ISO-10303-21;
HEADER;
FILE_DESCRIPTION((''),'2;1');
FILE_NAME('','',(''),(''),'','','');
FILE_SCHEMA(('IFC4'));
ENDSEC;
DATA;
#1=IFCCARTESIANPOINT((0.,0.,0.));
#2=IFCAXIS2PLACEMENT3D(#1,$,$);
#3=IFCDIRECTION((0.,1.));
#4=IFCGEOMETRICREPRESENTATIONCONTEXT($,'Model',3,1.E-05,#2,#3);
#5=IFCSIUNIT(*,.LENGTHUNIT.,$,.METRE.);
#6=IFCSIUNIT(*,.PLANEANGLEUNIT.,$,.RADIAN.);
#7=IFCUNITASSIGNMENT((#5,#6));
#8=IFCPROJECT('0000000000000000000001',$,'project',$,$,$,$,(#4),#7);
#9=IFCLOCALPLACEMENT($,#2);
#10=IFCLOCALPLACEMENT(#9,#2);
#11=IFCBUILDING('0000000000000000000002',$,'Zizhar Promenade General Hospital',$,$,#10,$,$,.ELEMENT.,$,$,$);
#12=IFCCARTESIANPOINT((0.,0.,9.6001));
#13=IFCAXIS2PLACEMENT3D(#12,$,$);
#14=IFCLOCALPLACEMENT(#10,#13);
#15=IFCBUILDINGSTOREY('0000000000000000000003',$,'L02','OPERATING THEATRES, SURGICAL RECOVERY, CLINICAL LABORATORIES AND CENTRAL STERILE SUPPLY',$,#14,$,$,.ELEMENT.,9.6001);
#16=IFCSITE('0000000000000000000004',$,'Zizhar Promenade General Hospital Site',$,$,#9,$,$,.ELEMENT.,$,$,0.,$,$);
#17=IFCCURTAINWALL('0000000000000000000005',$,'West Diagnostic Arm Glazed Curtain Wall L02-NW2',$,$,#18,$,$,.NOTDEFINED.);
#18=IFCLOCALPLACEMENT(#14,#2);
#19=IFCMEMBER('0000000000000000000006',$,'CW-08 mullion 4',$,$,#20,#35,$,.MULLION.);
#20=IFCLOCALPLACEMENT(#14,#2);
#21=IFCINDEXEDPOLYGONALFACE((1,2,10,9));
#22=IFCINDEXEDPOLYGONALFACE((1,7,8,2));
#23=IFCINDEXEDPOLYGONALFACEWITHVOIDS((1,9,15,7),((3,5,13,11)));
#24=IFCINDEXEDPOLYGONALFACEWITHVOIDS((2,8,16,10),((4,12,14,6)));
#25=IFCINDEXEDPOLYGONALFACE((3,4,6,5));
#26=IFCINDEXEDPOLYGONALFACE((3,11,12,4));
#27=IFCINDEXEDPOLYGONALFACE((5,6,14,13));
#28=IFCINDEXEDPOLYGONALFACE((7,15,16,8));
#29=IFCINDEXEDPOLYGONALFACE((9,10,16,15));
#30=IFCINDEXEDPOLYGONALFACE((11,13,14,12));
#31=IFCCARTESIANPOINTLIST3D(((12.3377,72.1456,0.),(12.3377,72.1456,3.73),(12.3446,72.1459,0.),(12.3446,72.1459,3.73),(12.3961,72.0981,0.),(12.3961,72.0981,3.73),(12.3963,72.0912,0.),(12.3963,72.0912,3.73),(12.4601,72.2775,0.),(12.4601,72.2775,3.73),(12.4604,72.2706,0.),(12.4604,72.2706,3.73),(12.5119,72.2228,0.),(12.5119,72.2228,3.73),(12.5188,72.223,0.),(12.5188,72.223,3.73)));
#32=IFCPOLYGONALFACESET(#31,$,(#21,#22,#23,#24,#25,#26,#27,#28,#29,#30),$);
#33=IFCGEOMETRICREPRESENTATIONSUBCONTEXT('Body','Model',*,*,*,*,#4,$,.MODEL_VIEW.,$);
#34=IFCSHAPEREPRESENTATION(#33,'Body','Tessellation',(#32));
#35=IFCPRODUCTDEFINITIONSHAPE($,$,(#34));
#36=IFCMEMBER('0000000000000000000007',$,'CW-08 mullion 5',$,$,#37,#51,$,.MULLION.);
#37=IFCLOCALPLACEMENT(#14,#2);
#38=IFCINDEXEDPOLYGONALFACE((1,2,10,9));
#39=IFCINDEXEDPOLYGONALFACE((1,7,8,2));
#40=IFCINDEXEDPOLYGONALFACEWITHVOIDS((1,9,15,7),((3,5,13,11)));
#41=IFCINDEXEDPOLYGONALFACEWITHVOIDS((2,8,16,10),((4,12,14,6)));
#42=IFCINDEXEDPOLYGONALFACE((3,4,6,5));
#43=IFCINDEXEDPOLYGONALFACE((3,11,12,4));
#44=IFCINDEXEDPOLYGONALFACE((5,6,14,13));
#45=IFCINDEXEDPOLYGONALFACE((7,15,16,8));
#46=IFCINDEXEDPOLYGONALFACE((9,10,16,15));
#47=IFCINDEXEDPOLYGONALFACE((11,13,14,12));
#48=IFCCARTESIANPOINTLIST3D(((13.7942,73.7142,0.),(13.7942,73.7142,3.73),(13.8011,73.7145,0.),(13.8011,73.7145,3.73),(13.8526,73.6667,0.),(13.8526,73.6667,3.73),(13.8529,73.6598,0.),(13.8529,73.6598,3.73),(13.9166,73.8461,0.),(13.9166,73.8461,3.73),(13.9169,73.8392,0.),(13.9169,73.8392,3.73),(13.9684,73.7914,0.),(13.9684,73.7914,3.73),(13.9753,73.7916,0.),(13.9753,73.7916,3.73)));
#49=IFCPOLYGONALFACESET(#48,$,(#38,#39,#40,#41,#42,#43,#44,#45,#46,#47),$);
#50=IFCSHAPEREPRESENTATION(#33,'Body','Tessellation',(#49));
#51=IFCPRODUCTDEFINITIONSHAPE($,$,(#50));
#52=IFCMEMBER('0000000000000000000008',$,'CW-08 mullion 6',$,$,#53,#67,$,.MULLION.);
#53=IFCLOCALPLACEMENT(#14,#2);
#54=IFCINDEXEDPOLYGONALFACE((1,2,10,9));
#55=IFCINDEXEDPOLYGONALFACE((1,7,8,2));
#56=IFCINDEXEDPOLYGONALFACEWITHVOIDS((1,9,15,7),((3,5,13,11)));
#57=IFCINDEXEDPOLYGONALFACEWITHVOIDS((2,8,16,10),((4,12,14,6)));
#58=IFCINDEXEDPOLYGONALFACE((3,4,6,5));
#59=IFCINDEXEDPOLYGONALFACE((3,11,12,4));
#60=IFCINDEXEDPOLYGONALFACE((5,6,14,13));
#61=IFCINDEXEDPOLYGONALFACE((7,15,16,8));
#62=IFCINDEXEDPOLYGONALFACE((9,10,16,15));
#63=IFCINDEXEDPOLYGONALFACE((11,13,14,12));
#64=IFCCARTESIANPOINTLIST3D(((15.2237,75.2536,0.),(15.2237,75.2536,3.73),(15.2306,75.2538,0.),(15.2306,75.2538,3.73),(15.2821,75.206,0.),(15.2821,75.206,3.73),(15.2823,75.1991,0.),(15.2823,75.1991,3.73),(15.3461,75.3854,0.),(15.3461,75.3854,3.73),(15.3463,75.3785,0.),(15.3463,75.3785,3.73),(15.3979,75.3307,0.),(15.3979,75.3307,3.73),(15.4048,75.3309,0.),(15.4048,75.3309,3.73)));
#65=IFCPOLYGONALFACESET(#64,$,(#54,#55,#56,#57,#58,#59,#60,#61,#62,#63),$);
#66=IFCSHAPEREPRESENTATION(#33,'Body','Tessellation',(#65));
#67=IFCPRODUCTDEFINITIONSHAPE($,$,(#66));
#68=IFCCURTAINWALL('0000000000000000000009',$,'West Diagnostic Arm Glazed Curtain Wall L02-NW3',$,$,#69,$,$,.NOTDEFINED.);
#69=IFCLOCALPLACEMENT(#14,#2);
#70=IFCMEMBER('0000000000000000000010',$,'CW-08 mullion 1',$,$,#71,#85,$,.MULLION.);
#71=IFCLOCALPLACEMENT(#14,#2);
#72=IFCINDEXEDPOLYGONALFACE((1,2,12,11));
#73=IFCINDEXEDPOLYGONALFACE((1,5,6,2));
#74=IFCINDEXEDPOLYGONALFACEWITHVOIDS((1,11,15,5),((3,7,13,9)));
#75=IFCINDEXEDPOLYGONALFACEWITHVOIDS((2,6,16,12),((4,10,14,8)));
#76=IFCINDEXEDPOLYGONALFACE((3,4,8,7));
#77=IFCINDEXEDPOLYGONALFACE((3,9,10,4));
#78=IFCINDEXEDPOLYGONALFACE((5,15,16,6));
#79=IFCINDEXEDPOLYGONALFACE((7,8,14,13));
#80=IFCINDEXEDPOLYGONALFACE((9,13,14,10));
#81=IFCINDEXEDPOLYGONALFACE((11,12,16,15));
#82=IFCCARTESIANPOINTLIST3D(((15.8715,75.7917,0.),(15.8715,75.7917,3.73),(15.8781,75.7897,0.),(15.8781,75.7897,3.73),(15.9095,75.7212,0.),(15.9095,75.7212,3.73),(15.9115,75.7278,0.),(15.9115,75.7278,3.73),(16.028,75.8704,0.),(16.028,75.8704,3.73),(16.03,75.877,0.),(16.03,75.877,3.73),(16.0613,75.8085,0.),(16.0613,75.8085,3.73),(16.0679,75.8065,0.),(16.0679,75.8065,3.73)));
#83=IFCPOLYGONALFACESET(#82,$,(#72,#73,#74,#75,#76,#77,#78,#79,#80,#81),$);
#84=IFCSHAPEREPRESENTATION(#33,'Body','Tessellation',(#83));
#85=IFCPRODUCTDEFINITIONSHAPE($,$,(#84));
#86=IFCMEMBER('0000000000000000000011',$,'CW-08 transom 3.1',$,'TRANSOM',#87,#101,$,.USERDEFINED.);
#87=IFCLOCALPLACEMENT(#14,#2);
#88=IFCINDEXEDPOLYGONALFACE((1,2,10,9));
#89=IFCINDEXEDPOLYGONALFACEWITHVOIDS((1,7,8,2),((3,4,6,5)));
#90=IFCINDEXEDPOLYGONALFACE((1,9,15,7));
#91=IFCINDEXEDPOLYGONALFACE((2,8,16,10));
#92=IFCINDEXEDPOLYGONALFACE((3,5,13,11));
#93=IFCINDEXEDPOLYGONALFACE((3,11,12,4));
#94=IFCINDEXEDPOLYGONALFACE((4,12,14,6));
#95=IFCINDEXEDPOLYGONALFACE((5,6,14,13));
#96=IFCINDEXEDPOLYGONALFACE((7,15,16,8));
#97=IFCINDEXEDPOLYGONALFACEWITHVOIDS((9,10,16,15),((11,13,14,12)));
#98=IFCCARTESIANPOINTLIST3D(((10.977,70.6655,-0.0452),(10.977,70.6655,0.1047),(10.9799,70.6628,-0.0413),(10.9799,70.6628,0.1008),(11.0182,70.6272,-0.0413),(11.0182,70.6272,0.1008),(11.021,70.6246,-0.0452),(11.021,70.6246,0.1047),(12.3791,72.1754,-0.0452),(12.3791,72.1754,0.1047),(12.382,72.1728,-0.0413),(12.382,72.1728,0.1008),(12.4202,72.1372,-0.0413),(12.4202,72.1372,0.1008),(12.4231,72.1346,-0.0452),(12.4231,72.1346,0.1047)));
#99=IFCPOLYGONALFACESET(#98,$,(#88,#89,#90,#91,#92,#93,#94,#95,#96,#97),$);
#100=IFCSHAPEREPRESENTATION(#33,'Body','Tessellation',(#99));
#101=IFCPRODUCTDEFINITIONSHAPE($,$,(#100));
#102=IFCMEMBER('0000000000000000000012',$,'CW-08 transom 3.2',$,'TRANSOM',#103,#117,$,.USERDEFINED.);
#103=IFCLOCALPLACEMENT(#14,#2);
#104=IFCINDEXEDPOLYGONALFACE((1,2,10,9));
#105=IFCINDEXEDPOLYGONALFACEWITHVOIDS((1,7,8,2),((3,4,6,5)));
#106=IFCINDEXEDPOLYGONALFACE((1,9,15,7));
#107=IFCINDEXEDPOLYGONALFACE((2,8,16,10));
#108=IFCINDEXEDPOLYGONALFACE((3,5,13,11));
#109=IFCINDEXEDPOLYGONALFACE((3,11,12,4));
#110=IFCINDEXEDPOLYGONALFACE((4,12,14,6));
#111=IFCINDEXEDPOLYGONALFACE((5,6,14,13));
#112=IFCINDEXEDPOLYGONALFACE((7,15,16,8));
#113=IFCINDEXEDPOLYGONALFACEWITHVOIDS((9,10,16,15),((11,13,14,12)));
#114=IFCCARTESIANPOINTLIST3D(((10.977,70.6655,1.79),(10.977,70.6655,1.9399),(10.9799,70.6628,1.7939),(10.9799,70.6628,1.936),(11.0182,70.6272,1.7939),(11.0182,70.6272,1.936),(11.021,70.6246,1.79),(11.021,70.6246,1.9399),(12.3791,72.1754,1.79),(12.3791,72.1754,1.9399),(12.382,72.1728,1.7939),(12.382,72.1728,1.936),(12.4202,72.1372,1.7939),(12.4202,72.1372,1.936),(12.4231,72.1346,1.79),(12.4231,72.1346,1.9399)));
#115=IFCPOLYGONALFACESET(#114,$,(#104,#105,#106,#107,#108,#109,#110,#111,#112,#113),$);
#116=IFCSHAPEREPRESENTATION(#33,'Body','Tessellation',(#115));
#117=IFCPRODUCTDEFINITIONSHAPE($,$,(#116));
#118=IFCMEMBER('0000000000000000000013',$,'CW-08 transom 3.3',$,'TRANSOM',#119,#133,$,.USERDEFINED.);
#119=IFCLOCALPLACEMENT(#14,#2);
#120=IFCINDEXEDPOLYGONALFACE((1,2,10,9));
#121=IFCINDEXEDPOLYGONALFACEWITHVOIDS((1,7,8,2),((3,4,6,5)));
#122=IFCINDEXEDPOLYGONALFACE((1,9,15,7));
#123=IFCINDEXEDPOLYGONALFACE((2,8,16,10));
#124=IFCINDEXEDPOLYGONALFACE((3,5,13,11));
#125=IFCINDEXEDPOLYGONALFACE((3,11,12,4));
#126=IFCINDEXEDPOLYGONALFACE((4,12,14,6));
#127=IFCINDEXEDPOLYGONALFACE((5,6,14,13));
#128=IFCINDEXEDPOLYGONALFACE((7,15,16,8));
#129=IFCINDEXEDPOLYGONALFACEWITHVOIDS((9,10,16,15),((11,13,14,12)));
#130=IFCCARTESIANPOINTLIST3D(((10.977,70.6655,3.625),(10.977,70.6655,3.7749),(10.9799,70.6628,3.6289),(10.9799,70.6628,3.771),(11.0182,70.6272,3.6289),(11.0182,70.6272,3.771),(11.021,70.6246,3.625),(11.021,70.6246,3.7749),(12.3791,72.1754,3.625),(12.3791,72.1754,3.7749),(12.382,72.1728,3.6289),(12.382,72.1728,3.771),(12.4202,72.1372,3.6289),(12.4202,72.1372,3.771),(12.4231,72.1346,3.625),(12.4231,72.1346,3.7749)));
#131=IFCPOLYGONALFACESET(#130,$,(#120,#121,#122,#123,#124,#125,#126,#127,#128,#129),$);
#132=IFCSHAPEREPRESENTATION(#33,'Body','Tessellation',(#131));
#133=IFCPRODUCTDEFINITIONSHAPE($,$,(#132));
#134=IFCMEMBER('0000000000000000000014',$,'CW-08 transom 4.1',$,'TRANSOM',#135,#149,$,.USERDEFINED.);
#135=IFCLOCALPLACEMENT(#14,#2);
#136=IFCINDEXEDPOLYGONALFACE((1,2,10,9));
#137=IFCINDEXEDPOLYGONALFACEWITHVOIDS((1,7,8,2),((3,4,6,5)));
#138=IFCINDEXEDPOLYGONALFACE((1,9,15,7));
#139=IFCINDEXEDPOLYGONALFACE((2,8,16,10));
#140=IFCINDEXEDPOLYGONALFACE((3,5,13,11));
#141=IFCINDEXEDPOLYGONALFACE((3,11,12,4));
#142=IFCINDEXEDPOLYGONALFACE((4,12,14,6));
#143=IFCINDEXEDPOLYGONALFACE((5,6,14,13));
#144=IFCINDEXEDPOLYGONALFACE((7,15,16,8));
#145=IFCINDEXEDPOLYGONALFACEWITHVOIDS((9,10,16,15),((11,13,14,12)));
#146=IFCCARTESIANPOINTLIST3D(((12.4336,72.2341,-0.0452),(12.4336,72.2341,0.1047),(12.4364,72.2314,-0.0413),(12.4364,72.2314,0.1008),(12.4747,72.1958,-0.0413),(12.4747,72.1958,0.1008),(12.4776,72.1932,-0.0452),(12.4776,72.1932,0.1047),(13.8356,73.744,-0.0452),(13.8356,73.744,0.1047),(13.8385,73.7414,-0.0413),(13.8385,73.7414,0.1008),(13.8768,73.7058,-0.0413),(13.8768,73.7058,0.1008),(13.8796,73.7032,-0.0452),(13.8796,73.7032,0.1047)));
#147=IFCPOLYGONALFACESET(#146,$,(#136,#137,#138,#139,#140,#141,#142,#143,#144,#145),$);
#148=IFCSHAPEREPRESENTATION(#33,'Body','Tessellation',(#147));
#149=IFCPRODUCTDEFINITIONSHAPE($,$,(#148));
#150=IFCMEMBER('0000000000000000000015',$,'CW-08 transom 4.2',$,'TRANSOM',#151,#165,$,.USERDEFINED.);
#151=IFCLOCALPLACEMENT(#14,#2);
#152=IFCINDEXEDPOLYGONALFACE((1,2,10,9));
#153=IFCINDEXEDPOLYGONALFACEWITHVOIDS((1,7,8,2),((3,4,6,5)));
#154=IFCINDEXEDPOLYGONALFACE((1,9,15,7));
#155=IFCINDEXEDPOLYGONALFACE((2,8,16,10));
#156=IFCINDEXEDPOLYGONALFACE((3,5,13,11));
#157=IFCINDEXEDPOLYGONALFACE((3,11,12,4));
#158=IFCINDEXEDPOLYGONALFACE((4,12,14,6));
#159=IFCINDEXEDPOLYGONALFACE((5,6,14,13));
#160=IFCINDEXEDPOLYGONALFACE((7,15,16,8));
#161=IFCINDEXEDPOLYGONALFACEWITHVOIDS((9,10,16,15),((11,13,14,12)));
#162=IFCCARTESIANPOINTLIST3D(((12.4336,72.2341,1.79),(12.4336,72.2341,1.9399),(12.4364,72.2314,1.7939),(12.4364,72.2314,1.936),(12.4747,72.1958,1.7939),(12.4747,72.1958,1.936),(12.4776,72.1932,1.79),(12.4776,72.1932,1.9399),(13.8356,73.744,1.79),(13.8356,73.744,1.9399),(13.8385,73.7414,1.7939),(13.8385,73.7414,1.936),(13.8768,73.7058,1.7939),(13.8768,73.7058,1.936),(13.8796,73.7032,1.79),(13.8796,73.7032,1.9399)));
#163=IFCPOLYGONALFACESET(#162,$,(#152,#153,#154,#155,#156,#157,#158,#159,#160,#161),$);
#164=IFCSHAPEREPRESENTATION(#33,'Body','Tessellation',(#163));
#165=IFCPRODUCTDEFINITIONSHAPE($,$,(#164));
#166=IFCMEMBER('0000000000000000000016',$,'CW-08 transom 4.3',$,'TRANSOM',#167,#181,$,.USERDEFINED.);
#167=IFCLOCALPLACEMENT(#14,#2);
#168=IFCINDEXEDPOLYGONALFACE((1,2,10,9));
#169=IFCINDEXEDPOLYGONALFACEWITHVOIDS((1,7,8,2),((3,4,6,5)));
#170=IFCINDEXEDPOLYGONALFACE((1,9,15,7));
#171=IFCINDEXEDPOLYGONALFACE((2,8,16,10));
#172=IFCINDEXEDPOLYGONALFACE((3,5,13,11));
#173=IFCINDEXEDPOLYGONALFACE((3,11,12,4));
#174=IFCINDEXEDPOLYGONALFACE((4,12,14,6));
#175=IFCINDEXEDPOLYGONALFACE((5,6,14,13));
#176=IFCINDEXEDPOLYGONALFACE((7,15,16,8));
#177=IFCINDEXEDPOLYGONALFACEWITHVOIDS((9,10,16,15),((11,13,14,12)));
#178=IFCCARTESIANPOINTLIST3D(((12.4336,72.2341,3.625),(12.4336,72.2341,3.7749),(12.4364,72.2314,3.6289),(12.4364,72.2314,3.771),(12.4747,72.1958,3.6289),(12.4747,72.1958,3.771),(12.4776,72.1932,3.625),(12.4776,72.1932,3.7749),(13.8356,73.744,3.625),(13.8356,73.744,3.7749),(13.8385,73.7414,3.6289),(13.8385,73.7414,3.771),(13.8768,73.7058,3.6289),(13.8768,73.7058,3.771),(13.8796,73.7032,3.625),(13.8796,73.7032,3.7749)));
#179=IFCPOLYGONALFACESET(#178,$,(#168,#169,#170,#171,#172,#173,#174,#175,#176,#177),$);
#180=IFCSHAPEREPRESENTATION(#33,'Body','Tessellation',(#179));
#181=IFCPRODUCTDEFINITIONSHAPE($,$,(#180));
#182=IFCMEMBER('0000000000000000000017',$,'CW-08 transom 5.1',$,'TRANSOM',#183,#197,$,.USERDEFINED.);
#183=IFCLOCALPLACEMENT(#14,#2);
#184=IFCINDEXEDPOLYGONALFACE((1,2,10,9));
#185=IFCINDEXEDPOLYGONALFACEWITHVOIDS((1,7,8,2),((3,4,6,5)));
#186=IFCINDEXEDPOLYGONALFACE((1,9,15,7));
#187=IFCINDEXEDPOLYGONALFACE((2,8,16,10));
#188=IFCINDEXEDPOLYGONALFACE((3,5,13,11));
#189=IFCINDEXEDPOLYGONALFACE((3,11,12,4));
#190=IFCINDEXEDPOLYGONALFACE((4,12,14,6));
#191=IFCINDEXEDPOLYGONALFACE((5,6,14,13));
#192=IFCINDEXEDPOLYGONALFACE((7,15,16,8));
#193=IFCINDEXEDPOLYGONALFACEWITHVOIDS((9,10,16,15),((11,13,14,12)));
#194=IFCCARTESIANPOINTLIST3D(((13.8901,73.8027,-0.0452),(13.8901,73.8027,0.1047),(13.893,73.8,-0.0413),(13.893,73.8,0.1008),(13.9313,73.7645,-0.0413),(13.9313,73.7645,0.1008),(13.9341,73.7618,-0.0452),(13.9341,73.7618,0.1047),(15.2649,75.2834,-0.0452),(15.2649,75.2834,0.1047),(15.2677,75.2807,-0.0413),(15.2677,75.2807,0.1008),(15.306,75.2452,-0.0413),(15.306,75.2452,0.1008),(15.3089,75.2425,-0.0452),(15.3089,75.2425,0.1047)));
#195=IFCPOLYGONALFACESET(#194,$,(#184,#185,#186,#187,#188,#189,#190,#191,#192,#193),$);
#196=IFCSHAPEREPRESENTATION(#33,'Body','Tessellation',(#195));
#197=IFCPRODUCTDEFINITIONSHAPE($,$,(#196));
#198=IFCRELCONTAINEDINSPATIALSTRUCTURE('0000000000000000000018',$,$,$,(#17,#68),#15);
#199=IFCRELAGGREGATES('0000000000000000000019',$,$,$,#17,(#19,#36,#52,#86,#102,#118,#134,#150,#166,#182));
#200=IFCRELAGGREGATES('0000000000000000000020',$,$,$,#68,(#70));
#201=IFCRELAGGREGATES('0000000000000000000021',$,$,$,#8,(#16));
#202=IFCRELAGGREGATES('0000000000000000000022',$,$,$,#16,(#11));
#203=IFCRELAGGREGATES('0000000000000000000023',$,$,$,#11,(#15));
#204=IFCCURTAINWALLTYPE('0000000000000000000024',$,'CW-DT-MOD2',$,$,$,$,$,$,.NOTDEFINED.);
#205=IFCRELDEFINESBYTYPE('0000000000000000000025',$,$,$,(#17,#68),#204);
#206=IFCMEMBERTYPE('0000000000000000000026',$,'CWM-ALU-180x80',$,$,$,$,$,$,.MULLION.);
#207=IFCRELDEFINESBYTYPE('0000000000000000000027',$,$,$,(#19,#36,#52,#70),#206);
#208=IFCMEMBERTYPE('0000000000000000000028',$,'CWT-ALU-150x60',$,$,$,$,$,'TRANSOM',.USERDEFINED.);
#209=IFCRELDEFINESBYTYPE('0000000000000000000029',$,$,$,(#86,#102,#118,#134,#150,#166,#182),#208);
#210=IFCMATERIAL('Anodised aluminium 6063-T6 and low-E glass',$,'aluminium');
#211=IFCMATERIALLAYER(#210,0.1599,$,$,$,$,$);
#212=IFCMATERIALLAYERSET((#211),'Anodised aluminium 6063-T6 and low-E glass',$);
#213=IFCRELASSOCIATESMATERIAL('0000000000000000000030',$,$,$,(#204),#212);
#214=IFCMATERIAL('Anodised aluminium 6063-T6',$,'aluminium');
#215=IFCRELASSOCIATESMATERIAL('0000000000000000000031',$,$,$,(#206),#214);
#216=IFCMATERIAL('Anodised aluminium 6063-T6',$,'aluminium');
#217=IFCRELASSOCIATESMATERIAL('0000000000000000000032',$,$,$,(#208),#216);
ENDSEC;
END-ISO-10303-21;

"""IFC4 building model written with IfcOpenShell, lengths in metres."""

from ifc_helpers import new_model, si_unit, direction, frame, origin, origin_2d, place, context, subcontext, project, spatial, hollow_rectangle, extrude, material, layer, layer_set, material_profile, profile_set, type_object, element, aggregate, save


model = new_model("IFC4")

# Units and contexts
model_context = context("Model", 3, precision=1e-05, world=origin(), true_north=direction((0.0, 1.0)))
body_context = subcontext(model_context, "Body", "Model", "MODEL_VIEW")
ifc_project = project(units=[si_unit("LENGTHUNIT", "METRE"), si_unit("PLANEANGLEUNIT", "RADIAN")], contexts=[model_context])

# Site, building, storey
site_placement = place(None, origin())
site = spatial("IfcSite", under=ifc_project, at=site_placement, Name="Zizhar Promenade General Hospital Site", CompositionType="ELEMENT", RefElevation=0.0)
building_placement = place(site_placement, origin())
building = spatial("IfcBuilding", under=site, at=building_placement, Name="Zizhar Promenade General Hospital", CompositionType="ELEMENT")
storey_placement = place(building_placement, frame((0.0, 0.0, 9.6001)))
storey = spatial("IfcBuildingStorey", under=building, at=storey_placement, Name="L02", Description="OPERATING THEATRES, SURGICAL RECOVERY, CLINICAL LABORATORIES AND CENTRAL STERILE SUPPLY", CompositionType="ELEMENT", Elevation=9.6001)

# Curtain wall, members
ifc_material_1 = material(Name="Anodised aluminium 6063-T6 and low-E glass", Category="aluminium")
ifc_layer_1 = layer(ifc_material_1, 0.1599)
ifc_layer_set_1 = layer_set([ifc_layer_1], Name="Anodised aluminium 6063-T6 and low-E glass")
curtain_wall_type = type_object("IfcCurtainWallType", Name="CW-DT-MOD2", PredefinedType="NOTDEFINED", material=ifc_layer_set_1)
curtain_wall_1_placement = place(storey_placement, origin())
curtain_wall_1 = element("IfcCurtainWall", 1, at=curtain_wall_1_placement, inside=storey, type_object=curtain_wall_type, Name="West Diagnostic Arm Glazed Curtain Wall L02-NW2", PredefinedType="NOTDEFINED")
ifc_material_2 = material(Name="Anodised aluminium 6063-T6", Category="aluminium")
ifc_material_profile_1 = material_profile(ifc_material_2, hollow_rectangle(XDim=0.0801, YDim=0.1799, WallThickness=0.0049, at=origin_2d()))
ifc_profile_set_1 = profile_set([ifc_material_profile_1], Name="Anodised aluminium 6063-T6")
member_type_1 = type_object("IfcMemberType", Name="CWM-ALU-180x80", PredefinedType="MULLION", material=ifc_profile_set_1)
member_1_placement = place(storey_placement, frame((12.4282, 72.1843, 0.0), z_axis=(0.0, 0.0, 1.0), x_axis=(-0.732793, 0.680452, 0.0)))
member_1 = element("IfcMember", 2, at=member_1_placement, type_object=member_type_1, Name="CW-08 mullion 4", PredefinedType="MULLION", context=body_context, shape_type="SweptSolid", body=[
    extrude(hollow_rectangle(XDim=0.0801, YDim=0.1799, WallThickness=0.0049, at=origin_2d()), origin(), (0.0, 0.0, 1.0), 3.73),
])
member_2_placement = place(storey_placement, frame((13.8848, 73.7529, 0.0), z_axis=(0.0, 0.0, 1.0), x_axis=(-0.732793, 0.680452, 0.0)))
member_2 = element("IfcMember", 3, at=member_2_placement, type_object=member_type_1, Name="CW-08 mullion 5", PredefinedType="MULLION", context=body_context, shape_type="SweptSolid", body=[
    extrude(hollow_rectangle(XDim=0.0801, YDim=0.1799, WallThickness=0.0049, at=origin_2d()), origin(), (0.0, 0.0, 1.0), 3.73),
])
member_3_placement = place(storey_placement, frame((15.3142, 75.2922, 0.0), z_axis=(0.0, 0.0, 1.0), x_axis=(-0.732793, 0.680452, 0.0)))
member_3 = element("IfcMember", 4, at=member_3_placement, type_object=member_type_1, Name="CW-08 mullion 6", PredefinedType="MULLION", context=body_context, shape_type="SweptSolid", body=[
    extrude(hollow_rectangle(XDim=0.0801, YDim=0.1799, WallThickness=0.0049, at=origin_2d()), origin(), (0.0, 0.0, 1.0), 3.73),
])

# Curtain wall, member
curtain_wall_2_placement = place(storey_placement, origin())
curtain_wall_2 = element("IfcCurtainWall", 5, at=curtain_wall_2_placement, inside=storey, type_object=curtain_wall_type, Name="West Diagnostic Arm Glazed Curtain Wall L02-NW3", PredefinedType="NOTDEFINED")
member_4_placement = place(storey_placement, frame((15.9697, 75.7991, 0.0), z_axis=(0.0, 0.0, 1.0), x_axis=(-0.474097, 0.880473, 0.0)))
member_4 = element("IfcMember", 6, at=member_4_placement, type_object=member_type_1, Name="CW-08 mullion 1", PredefinedType="MULLION", context=body_context, shape_type="SweptSolid", body=[
    extrude(hollow_rectangle(XDim=0.0801, YDim=0.1799, WallThickness=0.0049, at=origin_2d()), origin(), (0.0, 0.0, 1.0), 3.73),
])

# Members
ifc_material_3 = material(Name="Anodised aluminium 6063-T6", Category="aluminium")
ifc_material_profile_2 = material_profile(ifc_material_3, hollow_rectangle(XDim=0.0601, YDim=0.1499, WallThickness=0.0039, at=origin_2d()))
ifc_profile_set_2 = profile_set([ifc_material_profile_2], Name="Anodised aluminium 6063-T6")
member_type_2 = type_object("IfcMemberType", Name="CWT-ALU-150x60", ElementType="TRANSOM", PredefinedType="USERDEFINED", material=ifc_profile_set_2)
member_5_placement = place(storey_placement, frame((10.999, 70.645, 0.0298), z_axis=(0.680437, 0.732806, 0.0), x_axis=(-0.732806, 0.680437, 0.0)))
member_5 = element("IfcMember", 7, at=member_5_placement, type_object=member_type_2, Name="CW-08 transom 3.1", ObjectType="TRANSOM", PredefinedType="USERDEFINED", context=body_context, shape_type="SweptSolid", body=[
    extrude(hollow_rectangle(XDim=0.0601, YDim=0.1499, WallThickness=0.0039, at=origin_2d()), origin(), (0.0, 0.0, 1.0), 2.0605),
])
member_6_placement = place(storey_placement, frame((10.999, 70.645, 1.865), z_axis=(0.680437, 0.732806, 0.0), x_axis=(-0.732806, 0.680437, 0.0)))
member_6 = element("IfcMember", 8, at=member_6_placement, type_object=member_type_2, Name="CW-08 transom 3.2", ObjectType="TRANSOM", PredefinedType="USERDEFINED", context=body_context, shape_type="SweptSolid", body=[
    extrude(hollow_rectangle(XDim=0.0601, YDim=0.1499, WallThickness=0.0039, at=origin_2d()), origin(), (0.0, 0.0, 1.0), 2.0605),
])
member_7_placement = place(storey_placement, frame((10.999, 70.645, 3.7), z_axis=(0.680437, 0.732806, 0.0), x_axis=(-0.732806, 0.680437, 0.0)))
member_7 = element("IfcMember", 9, at=member_7_placement, type_object=member_type_2, Name="CW-08 transom 3.3", ObjectType="TRANSOM", PredefinedType="USERDEFINED", context=body_context, shape_type="SweptSolid", body=[
    extrude(hollow_rectangle(XDim=0.0601, YDim=0.1499, WallThickness=0.0039, at=origin_2d()), origin(), (0.0, 0.0, 1.0), 2.0605),
])
member_8_placement = place(storey_placement, frame((12.4556, 72.2136, 0.0298), z_axis=(0.680437, 0.732806, 0.0), x_axis=(-0.732806, 0.680437, 0.0)))
member_8 = element("IfcMember", 10, at=member_8_placement, type_object=member_type_2, Name="CW-08 transom 4.1", ObjectType="TRANSOM", PredefinedType="USERDEFINED", context=body_context, shape_type="SweptSolid", body=[
    extrude(hollow_rectangle(XDim=0.0601, YDim=0.1499, WallThickness=0.0039, at=origin_2d()), origin(), (0.0, 0.0, 1.0), 2.0605),
])
member_9_placement = place(storey_placement, frame((12.4556, 72.2136, 1.865), z_axis=(0.680437, 0.732806, 0.0), x_axis=(-0.732806, 0.680437, 0.0)))
member_9 = element("IfcMember", 11, at=member_9_placement, type_object=member_type_2, Name="CW-08 transom 4.2", ObjectType="TRANSOM", PredefinedType="USERDEFINED", context=body_context, shape_type="SweptSolid", body=[
    extrude(hollow_rectangle(XDim=0.0601, YDim=0.1499, WallThickness=0.0039, at=origin_2d()), origin(), (0.0, 0.0, 1.0), 2.0605),
])
member_10_placement = place(storey_placement, frame((12.4556, 72.2136, 3.7), z_axis=(0.680437, 0.732806, 0.0), x_axis=(-0.732806, 0.680437, 0.0)))
member_10 = element("IfcMember", 12, at=member_10_placement, type_object=member_type_2, Name="CW-08 transom 4.3", ObjectType="TRANSOM", PredefinedType="USERDEFINED", context=body_context, shape_type="SweptSolid", body=[
    extrude(hollow_rectangle(XDim=0.0601, YDim=0.1499, WallThickness=0.0039, at=origin_2d()), origin(), (0.0, 0.0, 1.0), 2.0605),
])
member_11_placement = place(storey_placement, frame((13.9121, 73.7822, 0.0298), z_axis=(0.6804, 0.732841, 0.0), x_axis=(-0.732841, 0.6804, 0.0)))
member_11 = element("IfcMember", 13, at=member_11_placement, type_object=member_type_2, Name="CW-08 transom 5.1", ObjectType="TRANSOM", PredefinedType="USERDEFINED", context=body_context, shape_type="SweptSolid", body=[
    extrude(hollow_rectangle(XDim=0.0601, YDim=0.1499, WallThickness=0.0039, at=origin_2d()), origin(), (0.0, 0.0, 1.0), 2.0205),
])

aggregate(curtain_wall_1, [member_1, member_2, member_3, member_5, member_6, member_7, member_8, member_9, member_10, member_11])
aggregate(curtain_wall_2, [member_4])

save(model, "model.ifc")
